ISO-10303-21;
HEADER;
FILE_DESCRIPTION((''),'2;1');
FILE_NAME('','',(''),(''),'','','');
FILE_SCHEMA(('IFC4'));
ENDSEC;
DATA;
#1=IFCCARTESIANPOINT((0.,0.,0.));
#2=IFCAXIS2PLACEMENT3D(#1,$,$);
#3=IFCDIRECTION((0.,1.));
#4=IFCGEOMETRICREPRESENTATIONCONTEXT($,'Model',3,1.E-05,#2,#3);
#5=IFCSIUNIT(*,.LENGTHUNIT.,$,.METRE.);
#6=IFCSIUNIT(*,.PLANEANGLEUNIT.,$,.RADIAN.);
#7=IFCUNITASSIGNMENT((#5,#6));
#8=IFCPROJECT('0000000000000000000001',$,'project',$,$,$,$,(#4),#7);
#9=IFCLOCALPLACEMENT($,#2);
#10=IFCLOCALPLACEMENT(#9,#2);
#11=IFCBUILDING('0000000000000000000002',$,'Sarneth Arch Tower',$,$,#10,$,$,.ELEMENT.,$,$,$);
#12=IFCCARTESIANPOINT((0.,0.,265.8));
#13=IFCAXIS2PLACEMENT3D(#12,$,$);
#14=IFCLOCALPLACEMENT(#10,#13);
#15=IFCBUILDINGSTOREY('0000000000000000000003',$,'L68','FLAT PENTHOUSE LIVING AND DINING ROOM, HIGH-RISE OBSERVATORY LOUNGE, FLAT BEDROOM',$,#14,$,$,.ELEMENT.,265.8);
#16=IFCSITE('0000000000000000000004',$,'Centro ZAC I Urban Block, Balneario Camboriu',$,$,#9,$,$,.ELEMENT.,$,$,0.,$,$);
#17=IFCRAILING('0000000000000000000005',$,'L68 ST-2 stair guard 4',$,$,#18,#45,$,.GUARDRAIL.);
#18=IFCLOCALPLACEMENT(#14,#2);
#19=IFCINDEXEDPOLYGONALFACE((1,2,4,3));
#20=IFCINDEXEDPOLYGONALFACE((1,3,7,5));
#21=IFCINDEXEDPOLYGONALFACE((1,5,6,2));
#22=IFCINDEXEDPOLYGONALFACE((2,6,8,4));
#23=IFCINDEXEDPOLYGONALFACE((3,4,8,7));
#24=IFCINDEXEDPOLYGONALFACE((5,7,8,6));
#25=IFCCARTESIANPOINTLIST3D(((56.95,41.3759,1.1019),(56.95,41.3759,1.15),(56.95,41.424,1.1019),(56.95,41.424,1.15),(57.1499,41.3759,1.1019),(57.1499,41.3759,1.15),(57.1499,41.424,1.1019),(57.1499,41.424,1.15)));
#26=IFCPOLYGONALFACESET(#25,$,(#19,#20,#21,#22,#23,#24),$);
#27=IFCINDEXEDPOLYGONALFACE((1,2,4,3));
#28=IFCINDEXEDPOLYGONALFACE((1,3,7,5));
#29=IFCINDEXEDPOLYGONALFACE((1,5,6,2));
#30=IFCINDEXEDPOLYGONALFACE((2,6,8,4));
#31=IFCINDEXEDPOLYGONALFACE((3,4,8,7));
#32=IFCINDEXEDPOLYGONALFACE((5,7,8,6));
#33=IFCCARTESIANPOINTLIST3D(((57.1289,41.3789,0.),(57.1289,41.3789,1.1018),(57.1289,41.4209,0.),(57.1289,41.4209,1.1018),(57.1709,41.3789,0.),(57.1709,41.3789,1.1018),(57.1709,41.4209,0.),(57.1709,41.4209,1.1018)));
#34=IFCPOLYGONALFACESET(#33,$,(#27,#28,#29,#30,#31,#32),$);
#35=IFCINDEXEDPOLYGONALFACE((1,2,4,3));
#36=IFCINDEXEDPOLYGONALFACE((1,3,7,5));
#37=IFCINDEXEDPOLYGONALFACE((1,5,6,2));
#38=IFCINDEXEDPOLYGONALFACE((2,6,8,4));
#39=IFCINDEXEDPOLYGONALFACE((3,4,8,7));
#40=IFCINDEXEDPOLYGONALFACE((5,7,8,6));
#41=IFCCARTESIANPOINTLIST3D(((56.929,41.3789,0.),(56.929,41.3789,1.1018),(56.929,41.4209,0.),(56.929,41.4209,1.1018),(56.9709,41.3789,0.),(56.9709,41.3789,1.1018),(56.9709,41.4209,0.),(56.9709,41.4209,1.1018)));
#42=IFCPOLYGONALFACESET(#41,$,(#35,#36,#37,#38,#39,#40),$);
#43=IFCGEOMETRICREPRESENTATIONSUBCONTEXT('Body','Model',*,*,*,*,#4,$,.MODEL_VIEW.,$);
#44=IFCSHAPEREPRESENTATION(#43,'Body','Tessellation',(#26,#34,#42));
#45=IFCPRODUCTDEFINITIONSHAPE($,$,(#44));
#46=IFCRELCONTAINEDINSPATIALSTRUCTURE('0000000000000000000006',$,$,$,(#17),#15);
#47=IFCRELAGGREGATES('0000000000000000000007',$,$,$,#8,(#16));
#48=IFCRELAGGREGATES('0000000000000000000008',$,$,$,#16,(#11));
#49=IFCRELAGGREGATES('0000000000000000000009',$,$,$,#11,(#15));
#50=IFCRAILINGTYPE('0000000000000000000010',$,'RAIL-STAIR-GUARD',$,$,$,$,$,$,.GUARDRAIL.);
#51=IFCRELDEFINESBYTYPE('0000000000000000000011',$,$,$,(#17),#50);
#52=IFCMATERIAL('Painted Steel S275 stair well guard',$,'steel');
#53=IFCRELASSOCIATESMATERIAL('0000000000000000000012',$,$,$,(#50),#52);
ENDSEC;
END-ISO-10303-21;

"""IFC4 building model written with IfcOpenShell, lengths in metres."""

from ifc_helpers import new_model, si_unit, direction, frame, origin, origin_2d, place, context, subcontext, project, spatial, rectangle, extrude, material, type_object, element, save


model = new_model("IFC4")

# Units and contexts
model_context = context("Model", 3, precision=1e-05, world=origin(), true_north=direction((0.0, 1.0)))
body_context = subcontext(model_context, "Body", "Model", "MODEL_VIEW")
ifc_project = project(units=[si_unit("LENGTHUNIT", "METRE"), si_unit("PLANEANGLEUNIT", "RADIAN")], contexts=[model_context])

# Site, building, storey
site_placement = place(None, origin())
site = spatial("IfcSite", under=ifc_project, at=site_placement, Name="Centro ZAC I Urban Block, Balneario Camboriu", CompositionType="ELEMENT", RefElevation=0.0)
building_placement = place(site_placement, origin())
building = spatial("IfcBuilding", under=site, at=building_placement, Name="Sarneth Arch Tower", CompositionType="ELEMENT")
storey_placement = place(building_placement, frame((0.0, 0.0, 265.8)))
storey = spatial("IfcBuildingStorey", under=building, at=storey_placement, Name="L68", Description="FLAT PENTHOUSE LIVING AND DINING ROOM, HIGH-RISE OBSERVATORY LOUNGE, FLAT BEDROOM", CompositionType="ELEMENT", Elevation=265.8)

# Railing
ifc_material_1 = material(Name="Painted Steel S275 stair well guard", Category="steel")
railing_type = type_object("IfcRailingType", Name="RAIL-STAIR-GUARD", PredefinedType="GUARDRAIL", material=ifc_material_1)
railing_1_placement = place(storey_placement, frame((57.1499, 41.3999, 0.0)))
element("IfcRailing", 1, at=railing_1_placement, inside=storey, type_object=railing_type, Name="L68 ST-2 stair guard 4", PredefinedType="GUARDRAIL", context=body_context, shape_type="SweptSolid", body=[
    extrude(rectangle(XDim=0.0481, YDim=0.0481, at=origin_2d()), frame((0.0, 0.0, 1.126), z_axis=(-1.0, 0.0, 0.0), x_axis=(0.0, -1.0, 0.0)), (0.0, 0.0, 1.0), 0.2),
    extrude(rectangle(XDim=0.042, YDim=0.042, at=origin_2d()), origin(), (0.0, 0.0, 1.0), 1.1018),
    extrude(rectangle(XDim=0.042, YDim=0.042, at=origin_2d()), frame((-0.2, 0.0, 0.0)), (0.0, 0.0, 1.0), 1.1018),
])

save(model, "model.ifc")
